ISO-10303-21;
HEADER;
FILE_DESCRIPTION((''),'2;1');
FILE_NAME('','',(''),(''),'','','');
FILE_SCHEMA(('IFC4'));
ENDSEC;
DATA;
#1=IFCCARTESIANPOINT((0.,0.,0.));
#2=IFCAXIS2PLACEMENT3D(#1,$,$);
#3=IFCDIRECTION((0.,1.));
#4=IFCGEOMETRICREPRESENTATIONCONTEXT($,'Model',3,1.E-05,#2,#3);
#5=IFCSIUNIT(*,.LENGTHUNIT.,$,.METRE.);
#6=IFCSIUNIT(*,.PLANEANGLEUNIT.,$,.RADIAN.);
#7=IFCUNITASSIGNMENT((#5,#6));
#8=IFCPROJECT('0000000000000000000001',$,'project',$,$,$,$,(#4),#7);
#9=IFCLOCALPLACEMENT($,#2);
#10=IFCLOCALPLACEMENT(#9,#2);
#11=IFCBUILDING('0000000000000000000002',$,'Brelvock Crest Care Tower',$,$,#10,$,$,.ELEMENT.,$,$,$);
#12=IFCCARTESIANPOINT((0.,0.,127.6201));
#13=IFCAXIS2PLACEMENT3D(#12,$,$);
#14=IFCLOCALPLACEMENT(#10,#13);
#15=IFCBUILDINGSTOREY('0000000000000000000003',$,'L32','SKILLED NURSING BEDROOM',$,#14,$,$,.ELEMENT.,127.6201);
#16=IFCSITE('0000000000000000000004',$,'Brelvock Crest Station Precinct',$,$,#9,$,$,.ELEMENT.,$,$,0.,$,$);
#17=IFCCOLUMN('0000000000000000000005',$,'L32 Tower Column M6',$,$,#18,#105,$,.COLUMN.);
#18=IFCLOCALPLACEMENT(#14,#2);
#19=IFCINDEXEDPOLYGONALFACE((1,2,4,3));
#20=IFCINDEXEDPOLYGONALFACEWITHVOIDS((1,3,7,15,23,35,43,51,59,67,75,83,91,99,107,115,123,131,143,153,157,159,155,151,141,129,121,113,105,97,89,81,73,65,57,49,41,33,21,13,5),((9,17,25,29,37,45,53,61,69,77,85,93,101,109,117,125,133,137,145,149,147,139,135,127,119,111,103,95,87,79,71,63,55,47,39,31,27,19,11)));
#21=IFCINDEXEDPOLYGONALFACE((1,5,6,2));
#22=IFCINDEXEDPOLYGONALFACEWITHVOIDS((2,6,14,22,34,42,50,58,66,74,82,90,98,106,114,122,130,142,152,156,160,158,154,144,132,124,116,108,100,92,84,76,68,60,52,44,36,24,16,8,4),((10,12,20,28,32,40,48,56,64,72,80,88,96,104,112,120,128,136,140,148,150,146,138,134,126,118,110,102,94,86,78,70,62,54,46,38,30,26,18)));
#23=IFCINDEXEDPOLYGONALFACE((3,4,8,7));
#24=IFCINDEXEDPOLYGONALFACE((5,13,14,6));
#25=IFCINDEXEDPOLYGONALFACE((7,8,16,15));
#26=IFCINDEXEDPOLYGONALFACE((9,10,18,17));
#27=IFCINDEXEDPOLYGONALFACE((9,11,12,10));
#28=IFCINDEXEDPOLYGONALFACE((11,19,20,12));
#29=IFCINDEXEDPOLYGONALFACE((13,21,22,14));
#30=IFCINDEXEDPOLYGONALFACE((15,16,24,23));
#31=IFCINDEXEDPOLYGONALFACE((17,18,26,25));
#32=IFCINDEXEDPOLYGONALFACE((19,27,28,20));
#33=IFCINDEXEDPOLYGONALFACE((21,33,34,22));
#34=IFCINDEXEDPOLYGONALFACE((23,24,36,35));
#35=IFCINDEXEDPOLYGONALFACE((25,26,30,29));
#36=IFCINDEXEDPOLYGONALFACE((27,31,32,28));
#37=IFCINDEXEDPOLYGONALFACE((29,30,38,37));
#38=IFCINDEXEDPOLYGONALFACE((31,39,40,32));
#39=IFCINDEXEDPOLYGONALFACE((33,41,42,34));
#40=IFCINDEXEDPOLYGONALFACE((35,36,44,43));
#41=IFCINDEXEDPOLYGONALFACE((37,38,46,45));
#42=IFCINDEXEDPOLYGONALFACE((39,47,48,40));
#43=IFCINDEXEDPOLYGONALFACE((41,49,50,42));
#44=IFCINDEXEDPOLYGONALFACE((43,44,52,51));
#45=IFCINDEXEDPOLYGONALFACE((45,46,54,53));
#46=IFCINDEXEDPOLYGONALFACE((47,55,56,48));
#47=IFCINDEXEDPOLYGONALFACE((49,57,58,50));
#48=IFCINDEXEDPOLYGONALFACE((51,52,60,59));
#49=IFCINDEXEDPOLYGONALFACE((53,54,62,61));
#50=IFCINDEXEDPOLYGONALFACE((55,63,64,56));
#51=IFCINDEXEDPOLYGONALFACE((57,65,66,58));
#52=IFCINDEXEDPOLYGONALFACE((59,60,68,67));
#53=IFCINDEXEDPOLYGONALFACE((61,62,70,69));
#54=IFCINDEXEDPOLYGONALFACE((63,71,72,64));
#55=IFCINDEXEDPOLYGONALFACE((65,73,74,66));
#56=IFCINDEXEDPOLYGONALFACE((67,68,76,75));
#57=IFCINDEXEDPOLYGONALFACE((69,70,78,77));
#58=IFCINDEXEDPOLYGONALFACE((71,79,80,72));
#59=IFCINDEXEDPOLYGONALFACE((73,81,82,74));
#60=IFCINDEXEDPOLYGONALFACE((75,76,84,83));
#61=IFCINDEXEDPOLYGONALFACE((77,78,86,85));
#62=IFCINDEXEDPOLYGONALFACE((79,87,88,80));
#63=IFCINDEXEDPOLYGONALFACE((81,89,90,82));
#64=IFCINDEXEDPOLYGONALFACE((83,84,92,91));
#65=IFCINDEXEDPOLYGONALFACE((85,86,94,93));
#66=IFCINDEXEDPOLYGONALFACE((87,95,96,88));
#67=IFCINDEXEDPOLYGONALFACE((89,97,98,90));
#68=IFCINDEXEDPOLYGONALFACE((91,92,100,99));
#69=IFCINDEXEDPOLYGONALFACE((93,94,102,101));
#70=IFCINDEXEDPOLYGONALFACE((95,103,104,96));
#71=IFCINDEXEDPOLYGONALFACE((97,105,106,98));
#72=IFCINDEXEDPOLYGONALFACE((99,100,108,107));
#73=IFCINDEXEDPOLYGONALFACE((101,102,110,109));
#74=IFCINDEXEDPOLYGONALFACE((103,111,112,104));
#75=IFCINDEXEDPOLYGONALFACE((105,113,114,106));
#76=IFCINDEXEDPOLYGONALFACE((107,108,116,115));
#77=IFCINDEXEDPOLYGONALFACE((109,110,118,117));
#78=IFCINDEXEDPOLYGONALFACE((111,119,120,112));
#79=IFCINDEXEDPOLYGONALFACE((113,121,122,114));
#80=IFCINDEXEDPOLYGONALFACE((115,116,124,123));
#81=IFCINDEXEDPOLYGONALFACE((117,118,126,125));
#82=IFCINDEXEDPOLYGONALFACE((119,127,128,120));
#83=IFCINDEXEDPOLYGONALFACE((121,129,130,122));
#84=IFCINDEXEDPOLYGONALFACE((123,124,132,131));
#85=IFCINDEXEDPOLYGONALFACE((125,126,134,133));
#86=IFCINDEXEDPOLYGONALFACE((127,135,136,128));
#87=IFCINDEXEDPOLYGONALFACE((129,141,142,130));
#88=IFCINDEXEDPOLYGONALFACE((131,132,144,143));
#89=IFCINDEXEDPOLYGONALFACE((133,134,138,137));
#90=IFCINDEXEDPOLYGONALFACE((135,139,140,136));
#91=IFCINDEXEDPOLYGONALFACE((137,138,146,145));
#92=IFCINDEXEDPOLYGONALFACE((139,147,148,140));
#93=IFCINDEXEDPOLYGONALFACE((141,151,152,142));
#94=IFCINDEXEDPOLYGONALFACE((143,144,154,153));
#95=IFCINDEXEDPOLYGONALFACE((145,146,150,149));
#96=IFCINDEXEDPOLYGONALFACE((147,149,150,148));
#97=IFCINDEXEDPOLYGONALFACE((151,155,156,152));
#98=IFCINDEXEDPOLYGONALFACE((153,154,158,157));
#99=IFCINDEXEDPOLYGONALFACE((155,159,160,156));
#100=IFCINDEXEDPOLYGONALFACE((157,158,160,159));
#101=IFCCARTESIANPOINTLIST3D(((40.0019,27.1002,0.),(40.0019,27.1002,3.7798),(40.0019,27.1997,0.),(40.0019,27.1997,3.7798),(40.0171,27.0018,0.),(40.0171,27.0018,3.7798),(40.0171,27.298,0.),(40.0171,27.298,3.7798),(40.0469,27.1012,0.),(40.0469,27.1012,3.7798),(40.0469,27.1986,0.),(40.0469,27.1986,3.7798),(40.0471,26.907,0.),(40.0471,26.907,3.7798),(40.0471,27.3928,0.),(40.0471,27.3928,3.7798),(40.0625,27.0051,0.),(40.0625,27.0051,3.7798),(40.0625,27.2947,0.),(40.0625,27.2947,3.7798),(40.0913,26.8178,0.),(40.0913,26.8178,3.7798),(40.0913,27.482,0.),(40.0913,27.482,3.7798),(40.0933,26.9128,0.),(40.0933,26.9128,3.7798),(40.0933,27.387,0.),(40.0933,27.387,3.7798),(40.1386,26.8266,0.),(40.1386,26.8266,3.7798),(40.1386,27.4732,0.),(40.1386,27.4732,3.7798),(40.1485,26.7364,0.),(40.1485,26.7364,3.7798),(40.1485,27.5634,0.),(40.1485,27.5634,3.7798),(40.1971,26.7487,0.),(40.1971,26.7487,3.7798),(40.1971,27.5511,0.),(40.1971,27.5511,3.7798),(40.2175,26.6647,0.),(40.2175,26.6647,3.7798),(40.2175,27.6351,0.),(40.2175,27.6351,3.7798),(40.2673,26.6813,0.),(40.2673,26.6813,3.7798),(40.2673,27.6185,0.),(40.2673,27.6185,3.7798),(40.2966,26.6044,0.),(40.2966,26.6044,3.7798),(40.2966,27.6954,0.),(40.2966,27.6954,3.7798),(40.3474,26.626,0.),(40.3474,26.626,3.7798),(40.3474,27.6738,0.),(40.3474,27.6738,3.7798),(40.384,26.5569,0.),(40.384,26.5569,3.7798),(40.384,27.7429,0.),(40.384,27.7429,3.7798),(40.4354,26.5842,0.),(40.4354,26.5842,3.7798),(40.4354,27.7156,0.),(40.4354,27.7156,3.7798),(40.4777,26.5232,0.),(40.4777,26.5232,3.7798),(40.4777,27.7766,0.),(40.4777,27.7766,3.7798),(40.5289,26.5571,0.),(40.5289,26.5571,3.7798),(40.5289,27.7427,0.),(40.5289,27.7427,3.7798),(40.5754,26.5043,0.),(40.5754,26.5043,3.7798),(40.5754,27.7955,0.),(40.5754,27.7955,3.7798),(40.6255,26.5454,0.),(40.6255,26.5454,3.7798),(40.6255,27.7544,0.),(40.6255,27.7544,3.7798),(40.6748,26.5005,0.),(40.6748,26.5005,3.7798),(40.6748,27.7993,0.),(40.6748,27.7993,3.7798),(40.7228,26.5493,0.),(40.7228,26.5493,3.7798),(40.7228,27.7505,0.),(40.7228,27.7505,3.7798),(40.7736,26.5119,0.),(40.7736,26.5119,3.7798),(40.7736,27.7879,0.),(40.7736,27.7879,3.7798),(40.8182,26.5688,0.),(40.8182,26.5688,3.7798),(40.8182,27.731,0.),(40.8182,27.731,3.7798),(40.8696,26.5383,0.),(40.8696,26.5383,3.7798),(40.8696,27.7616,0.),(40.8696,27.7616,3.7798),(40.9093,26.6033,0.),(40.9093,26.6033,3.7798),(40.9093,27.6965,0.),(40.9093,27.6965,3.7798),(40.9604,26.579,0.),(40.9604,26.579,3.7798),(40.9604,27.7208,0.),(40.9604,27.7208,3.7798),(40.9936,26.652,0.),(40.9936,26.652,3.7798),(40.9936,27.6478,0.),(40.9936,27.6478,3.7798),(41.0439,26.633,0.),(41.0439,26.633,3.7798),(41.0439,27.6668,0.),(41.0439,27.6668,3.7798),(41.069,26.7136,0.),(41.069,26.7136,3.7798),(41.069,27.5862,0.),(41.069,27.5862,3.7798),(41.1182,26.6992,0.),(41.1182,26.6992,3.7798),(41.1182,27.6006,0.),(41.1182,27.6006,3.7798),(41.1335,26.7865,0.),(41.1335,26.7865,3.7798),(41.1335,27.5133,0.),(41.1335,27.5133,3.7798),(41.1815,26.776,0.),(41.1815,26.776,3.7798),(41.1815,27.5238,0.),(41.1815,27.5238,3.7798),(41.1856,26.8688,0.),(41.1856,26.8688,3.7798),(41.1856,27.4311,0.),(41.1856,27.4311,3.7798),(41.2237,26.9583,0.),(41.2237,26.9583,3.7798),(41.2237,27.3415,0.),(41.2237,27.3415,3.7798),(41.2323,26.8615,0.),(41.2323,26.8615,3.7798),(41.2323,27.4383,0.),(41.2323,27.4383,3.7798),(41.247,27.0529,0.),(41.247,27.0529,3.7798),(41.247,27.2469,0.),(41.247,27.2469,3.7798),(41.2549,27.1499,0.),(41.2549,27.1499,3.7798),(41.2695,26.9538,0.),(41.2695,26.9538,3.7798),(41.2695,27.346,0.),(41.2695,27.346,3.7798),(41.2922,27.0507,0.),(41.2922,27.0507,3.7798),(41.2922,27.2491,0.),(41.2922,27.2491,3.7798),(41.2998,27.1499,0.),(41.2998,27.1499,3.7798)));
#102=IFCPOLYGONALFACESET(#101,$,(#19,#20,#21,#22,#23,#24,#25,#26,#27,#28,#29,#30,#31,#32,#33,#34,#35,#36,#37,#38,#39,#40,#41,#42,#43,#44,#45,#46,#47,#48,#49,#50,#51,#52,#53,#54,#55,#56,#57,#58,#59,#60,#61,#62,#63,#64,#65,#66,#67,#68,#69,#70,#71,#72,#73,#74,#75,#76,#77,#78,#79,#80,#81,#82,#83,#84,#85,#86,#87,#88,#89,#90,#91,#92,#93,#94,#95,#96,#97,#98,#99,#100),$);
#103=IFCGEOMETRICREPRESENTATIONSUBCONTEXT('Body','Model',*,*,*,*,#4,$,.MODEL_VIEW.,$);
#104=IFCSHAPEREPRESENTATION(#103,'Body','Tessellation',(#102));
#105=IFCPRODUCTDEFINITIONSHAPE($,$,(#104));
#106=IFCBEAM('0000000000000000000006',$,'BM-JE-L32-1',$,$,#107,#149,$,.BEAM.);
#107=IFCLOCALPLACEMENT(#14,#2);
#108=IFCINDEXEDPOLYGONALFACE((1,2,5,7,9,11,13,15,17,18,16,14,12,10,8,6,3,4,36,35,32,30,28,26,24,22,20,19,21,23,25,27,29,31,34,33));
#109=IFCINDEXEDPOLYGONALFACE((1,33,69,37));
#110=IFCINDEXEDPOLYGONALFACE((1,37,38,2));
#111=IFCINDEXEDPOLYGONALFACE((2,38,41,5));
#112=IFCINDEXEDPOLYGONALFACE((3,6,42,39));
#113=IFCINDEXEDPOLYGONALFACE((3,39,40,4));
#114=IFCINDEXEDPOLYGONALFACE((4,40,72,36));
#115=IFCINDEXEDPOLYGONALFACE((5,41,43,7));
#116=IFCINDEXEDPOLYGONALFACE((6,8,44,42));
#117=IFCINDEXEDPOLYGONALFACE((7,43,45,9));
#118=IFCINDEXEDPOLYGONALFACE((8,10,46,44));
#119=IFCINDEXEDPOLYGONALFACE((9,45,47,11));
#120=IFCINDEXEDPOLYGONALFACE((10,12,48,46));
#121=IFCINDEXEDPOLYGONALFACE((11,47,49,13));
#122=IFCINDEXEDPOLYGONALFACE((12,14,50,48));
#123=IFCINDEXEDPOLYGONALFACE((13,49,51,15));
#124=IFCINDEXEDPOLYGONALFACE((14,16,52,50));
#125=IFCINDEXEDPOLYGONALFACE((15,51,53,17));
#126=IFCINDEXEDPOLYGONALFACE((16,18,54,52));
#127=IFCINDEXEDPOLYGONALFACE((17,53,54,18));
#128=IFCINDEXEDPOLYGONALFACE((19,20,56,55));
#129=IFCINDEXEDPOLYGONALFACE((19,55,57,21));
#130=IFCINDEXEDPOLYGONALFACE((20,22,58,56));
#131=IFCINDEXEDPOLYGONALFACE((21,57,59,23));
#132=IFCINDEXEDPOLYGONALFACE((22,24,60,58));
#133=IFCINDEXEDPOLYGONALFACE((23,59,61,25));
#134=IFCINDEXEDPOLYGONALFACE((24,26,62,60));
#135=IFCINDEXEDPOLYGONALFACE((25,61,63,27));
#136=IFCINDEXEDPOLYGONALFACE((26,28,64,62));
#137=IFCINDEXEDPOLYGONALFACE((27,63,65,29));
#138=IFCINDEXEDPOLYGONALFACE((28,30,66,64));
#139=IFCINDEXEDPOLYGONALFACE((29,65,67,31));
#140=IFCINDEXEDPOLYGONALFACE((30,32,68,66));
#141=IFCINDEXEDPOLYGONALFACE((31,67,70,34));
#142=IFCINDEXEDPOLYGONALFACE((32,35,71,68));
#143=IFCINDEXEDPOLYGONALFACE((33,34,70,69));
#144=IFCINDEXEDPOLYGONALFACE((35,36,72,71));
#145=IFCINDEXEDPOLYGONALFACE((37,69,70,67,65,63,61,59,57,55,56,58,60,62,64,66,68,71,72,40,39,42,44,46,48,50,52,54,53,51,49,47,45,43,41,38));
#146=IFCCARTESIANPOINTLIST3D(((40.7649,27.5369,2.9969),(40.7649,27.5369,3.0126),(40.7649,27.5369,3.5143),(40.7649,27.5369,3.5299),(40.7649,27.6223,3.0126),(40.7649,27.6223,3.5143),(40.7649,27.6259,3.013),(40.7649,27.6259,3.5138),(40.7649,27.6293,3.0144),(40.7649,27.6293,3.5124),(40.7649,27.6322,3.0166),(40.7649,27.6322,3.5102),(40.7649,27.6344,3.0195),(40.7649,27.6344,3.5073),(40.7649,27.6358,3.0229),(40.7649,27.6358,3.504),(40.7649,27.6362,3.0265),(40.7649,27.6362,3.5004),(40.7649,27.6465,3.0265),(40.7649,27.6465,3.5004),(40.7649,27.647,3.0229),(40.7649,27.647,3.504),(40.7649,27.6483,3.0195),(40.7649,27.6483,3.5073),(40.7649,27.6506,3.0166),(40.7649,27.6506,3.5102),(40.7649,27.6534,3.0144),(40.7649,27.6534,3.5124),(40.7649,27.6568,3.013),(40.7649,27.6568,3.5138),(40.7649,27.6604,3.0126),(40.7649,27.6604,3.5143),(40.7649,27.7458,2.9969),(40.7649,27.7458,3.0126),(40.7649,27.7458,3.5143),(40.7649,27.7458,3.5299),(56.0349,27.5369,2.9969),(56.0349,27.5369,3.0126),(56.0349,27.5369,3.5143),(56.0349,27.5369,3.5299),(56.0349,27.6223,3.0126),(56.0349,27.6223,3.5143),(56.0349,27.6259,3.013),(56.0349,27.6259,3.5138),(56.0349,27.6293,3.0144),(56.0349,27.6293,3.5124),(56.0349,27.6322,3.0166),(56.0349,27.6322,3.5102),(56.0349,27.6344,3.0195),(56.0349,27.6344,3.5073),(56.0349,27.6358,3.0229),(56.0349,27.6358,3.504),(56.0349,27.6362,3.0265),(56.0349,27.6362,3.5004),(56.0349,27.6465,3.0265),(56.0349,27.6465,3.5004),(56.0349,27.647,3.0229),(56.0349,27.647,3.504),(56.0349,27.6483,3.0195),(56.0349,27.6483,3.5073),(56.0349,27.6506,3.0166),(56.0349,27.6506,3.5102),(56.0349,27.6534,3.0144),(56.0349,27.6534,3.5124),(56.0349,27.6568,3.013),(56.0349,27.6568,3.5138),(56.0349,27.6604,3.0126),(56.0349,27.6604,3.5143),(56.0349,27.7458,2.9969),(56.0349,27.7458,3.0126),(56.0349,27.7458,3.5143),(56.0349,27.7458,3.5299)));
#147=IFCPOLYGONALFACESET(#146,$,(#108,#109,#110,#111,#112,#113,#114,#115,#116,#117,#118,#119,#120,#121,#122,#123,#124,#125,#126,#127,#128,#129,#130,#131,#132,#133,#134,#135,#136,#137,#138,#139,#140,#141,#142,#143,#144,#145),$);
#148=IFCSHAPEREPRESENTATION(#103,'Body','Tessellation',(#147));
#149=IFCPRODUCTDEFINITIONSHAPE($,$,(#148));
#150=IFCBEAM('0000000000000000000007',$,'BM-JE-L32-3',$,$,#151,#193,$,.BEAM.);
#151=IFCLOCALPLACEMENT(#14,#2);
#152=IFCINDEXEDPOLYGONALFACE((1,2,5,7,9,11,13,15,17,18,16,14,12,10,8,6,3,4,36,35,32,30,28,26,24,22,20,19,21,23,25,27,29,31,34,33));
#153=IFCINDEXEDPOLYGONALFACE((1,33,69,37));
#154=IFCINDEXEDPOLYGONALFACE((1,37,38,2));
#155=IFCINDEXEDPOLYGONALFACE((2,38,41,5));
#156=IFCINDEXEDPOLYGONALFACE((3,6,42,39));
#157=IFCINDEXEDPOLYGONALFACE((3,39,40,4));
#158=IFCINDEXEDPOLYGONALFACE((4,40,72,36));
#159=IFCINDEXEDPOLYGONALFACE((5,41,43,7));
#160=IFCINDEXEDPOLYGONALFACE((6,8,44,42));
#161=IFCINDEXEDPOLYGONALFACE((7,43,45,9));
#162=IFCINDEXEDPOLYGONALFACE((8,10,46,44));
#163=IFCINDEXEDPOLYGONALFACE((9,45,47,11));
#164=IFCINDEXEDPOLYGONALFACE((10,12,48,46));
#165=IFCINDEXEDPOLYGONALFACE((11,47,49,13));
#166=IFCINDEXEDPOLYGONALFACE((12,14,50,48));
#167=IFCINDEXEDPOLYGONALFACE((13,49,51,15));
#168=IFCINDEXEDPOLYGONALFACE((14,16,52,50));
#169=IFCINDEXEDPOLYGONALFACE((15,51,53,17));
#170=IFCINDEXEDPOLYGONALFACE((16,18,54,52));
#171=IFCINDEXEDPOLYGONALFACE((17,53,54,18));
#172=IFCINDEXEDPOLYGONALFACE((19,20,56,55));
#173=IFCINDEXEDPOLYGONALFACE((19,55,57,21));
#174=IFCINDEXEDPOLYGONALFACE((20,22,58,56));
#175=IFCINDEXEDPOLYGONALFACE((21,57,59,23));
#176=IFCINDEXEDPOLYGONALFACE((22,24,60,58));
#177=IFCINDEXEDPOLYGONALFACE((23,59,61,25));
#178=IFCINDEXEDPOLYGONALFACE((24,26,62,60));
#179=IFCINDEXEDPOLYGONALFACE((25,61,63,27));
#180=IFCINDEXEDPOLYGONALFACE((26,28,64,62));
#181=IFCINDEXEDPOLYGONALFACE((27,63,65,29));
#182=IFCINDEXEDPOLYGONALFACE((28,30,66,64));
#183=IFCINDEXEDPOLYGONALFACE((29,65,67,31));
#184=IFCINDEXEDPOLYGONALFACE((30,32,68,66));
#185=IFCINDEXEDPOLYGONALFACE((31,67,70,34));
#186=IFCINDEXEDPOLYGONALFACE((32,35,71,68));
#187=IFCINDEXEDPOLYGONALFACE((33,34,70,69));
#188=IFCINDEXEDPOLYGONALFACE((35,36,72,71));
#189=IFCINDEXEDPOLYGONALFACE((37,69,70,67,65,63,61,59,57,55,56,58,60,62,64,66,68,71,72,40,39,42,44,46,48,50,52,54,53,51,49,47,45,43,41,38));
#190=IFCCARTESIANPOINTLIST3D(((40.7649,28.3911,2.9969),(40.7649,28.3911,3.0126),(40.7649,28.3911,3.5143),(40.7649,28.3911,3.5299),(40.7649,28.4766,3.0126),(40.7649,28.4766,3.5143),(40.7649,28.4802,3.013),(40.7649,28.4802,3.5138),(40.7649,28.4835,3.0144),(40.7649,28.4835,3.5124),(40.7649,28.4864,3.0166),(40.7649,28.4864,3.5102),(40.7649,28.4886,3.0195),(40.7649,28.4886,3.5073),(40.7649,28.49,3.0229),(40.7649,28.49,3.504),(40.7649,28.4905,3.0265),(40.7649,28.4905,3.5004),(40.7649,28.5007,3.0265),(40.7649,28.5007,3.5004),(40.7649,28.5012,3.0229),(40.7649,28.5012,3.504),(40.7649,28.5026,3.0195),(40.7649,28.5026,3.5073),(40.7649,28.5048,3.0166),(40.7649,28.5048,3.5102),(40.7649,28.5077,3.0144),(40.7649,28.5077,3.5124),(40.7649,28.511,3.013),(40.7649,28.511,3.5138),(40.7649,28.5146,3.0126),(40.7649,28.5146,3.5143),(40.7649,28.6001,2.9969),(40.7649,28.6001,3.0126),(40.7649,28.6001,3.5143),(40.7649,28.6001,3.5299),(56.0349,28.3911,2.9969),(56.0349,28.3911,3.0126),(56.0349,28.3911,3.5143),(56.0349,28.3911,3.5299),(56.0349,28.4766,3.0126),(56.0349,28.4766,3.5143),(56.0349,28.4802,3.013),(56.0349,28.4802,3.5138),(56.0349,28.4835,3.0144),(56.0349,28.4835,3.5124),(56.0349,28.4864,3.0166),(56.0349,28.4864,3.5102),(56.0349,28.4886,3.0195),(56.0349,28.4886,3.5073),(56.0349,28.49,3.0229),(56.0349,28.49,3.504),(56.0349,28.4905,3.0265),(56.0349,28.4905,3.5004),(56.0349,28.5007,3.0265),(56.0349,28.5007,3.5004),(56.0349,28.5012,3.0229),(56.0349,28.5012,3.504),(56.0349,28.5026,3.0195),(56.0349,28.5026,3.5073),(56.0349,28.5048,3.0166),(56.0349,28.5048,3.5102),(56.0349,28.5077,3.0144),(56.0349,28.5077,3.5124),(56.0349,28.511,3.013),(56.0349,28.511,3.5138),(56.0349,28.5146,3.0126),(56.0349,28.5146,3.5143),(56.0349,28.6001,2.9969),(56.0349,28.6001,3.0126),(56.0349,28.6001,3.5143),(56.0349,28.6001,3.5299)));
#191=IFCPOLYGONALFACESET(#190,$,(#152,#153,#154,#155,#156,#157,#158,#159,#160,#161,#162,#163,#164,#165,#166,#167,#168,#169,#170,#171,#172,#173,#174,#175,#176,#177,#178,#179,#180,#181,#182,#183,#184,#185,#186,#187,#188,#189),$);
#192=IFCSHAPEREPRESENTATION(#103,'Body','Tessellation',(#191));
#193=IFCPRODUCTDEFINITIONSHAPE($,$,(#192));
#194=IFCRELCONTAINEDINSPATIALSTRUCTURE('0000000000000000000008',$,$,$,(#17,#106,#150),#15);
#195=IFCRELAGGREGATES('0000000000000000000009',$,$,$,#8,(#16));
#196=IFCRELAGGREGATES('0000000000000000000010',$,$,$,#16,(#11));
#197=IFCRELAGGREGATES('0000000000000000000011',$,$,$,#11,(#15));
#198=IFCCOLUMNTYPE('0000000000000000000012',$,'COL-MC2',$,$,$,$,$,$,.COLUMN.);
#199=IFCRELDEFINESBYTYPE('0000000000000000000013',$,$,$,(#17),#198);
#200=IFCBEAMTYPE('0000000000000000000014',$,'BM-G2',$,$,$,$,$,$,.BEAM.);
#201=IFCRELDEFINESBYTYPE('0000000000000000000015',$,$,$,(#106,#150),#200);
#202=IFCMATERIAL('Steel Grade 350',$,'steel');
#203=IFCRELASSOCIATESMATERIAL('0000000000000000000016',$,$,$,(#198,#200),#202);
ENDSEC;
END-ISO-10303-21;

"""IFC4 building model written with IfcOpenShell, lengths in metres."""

from ifc_helpers import new_model, si_unit, direction, frame, origin, origin_2d, place, context, subcontext, project, spatial, hollow_circle, i_section, extrude, source, transform, mapped, material, material_profile, profile_set, type_object, element, save


model = new_model("IFC4")

# Units and contexts
model_context = context("Model", 3, precision=1e-05, world=origin(), true_north=direction((0.0, 1.0)))
body_context = subcontext(model_context, "Body", "Model", "MODEL_VIEW")
ifc_project = project(units=[si_unit("LENGTHUNIT", "METRE"), si_unit("PLANEANGLEUNIT", "RADIAN")], contexts=[model_context])

# Site, building, storey
site_placement = place(None, origin())
site = spatial("IfcSite", under=ifc_project, at=site_placement, Name="Brelvock Crest Station Precinct", CompositionType="ELEMENT", RefElevation=0.0)
building_placement = place(site_placement, origin())
building = spatial("IfcBuilding", under=site, at=building_placement, Name="Brelvock Crest Care Tower", CompositionType="ELEMENT")
storey_placement = place(building_placement, frame((0.0, 0.0, 127.6201)))
storey = spatial("IfcBuildingStorey", under=building, at=storey_placement, Name="L32", Description="SKILLED NURSING BEDROOM", CompositionType="ELEMENT", Elevation=127.6201)

# Column
ifc_material_1 = material(Name="Steel Grade 350", Category="steel")
ifc_material_profile_1 = material_profile(ifc_material_1, hollow_circle(Radius=0.6499, WallThickness=0.0449, at=origin_2d()), Name="CFT1300x45")
ifc_profile_set_1 = profile_set([ifc_material_profile_1], Name="Steel Grade 350")
column_type = type_object("IfcColumnType", Name="COL-MC2", PredefinedType="COLUMN", material=ifc_profile_set_1)
shared_shape_1 = source(origin(), body_context, "Body", "SweptSolid", [
    extrude(hollow_circle(Radius=0.6499, WallThickness=0.0449, at=origin_2d()), origin(), (0.0, 0.0, 1.0), 3.7798),
])
column_placement = place(storey_placement, frame((40.6499, 27.1499, 0.0), z_axis=(0.0, 0.0, 1.0), x_axis=(1.0, 0.0, 0.0)))
element("IfcColumn", 1, at=column_placement, inside=storey, type_object=column_type, Name="L32 Tower Column M6", PredefinedType="COLUMN", context=body_context, shape_type="MappedRepresentation", body=[
    mapped(shared_shape_1, transform((0.0, 0.0, 0.0), x_axis=(1.0, 0.0, 0.0), y_axis=(0.0, 1.0, 0.0), z_axis=(0.0, 0.0, 1.0), scale=1.0)),
])

# Beams
ifc_material_profile_2 = material_profile(ifc_material_1, i_section(OverallWidth=0.209, OverallDepth=0.533, WebThickness=0.0103, FlangeThickness=0.0156, FilletRadius=0.0139, at=origin_2d()), Name="530UB92.4")
ifc_profile_set_2 = profile_set([ifc_material_profile_2], Name="Steel Grade 350")
beam_type_1 = type_object("IfcBeamType", Name="BM-G2", PredefinedType="BEAM", material=ifc_profile_set_2)
shared_shape_2 = source(origin(), body_context, "Body", "SweptSolid", [
    extrude(i_section(OverallWidth=0.209, OverallDepth=0.533, WebThickness=0.0103, FlangeThickness=0.0156, FilletRadius=0.0139, at=origin_2d()), origin(), (0.0, 0.0, 1.0), 15.27),
])
for number, where, z_axis, x_axis, name in (
    (2, (40.7649, 27.6414, 3.2634), (1.0, 0.0, 0.0), (0.0, 1.0, 0.0), "BM-JE-L32-1"),
    (3, (40.7649, 28.4956, 3.2634), (1.0, 0.0, 0.0), (0.0, 1.0, 0.0), "BM-JE-L32-3"),
):
    element("IfcBeam", number, at=place(storey_placement, frame(where, z_axis=z_axis, x_axis=x_axis)), inside=storey, type_object=beam_type_1, Name=name, PredefinedType="BEAM", context=body_context, shape_type="MappedRepresentation", body=[
        mapped(shared_shape_2, transform((0.0, 0.0, 0.0), x_axis=(1.0, 0.0, 0.0), y_axis=(0.0, 1.0, 0.0), z_axis=(0.0, 0.0, 1.0), scale=1.0)),
    ])

save(model, "model.ifc")
